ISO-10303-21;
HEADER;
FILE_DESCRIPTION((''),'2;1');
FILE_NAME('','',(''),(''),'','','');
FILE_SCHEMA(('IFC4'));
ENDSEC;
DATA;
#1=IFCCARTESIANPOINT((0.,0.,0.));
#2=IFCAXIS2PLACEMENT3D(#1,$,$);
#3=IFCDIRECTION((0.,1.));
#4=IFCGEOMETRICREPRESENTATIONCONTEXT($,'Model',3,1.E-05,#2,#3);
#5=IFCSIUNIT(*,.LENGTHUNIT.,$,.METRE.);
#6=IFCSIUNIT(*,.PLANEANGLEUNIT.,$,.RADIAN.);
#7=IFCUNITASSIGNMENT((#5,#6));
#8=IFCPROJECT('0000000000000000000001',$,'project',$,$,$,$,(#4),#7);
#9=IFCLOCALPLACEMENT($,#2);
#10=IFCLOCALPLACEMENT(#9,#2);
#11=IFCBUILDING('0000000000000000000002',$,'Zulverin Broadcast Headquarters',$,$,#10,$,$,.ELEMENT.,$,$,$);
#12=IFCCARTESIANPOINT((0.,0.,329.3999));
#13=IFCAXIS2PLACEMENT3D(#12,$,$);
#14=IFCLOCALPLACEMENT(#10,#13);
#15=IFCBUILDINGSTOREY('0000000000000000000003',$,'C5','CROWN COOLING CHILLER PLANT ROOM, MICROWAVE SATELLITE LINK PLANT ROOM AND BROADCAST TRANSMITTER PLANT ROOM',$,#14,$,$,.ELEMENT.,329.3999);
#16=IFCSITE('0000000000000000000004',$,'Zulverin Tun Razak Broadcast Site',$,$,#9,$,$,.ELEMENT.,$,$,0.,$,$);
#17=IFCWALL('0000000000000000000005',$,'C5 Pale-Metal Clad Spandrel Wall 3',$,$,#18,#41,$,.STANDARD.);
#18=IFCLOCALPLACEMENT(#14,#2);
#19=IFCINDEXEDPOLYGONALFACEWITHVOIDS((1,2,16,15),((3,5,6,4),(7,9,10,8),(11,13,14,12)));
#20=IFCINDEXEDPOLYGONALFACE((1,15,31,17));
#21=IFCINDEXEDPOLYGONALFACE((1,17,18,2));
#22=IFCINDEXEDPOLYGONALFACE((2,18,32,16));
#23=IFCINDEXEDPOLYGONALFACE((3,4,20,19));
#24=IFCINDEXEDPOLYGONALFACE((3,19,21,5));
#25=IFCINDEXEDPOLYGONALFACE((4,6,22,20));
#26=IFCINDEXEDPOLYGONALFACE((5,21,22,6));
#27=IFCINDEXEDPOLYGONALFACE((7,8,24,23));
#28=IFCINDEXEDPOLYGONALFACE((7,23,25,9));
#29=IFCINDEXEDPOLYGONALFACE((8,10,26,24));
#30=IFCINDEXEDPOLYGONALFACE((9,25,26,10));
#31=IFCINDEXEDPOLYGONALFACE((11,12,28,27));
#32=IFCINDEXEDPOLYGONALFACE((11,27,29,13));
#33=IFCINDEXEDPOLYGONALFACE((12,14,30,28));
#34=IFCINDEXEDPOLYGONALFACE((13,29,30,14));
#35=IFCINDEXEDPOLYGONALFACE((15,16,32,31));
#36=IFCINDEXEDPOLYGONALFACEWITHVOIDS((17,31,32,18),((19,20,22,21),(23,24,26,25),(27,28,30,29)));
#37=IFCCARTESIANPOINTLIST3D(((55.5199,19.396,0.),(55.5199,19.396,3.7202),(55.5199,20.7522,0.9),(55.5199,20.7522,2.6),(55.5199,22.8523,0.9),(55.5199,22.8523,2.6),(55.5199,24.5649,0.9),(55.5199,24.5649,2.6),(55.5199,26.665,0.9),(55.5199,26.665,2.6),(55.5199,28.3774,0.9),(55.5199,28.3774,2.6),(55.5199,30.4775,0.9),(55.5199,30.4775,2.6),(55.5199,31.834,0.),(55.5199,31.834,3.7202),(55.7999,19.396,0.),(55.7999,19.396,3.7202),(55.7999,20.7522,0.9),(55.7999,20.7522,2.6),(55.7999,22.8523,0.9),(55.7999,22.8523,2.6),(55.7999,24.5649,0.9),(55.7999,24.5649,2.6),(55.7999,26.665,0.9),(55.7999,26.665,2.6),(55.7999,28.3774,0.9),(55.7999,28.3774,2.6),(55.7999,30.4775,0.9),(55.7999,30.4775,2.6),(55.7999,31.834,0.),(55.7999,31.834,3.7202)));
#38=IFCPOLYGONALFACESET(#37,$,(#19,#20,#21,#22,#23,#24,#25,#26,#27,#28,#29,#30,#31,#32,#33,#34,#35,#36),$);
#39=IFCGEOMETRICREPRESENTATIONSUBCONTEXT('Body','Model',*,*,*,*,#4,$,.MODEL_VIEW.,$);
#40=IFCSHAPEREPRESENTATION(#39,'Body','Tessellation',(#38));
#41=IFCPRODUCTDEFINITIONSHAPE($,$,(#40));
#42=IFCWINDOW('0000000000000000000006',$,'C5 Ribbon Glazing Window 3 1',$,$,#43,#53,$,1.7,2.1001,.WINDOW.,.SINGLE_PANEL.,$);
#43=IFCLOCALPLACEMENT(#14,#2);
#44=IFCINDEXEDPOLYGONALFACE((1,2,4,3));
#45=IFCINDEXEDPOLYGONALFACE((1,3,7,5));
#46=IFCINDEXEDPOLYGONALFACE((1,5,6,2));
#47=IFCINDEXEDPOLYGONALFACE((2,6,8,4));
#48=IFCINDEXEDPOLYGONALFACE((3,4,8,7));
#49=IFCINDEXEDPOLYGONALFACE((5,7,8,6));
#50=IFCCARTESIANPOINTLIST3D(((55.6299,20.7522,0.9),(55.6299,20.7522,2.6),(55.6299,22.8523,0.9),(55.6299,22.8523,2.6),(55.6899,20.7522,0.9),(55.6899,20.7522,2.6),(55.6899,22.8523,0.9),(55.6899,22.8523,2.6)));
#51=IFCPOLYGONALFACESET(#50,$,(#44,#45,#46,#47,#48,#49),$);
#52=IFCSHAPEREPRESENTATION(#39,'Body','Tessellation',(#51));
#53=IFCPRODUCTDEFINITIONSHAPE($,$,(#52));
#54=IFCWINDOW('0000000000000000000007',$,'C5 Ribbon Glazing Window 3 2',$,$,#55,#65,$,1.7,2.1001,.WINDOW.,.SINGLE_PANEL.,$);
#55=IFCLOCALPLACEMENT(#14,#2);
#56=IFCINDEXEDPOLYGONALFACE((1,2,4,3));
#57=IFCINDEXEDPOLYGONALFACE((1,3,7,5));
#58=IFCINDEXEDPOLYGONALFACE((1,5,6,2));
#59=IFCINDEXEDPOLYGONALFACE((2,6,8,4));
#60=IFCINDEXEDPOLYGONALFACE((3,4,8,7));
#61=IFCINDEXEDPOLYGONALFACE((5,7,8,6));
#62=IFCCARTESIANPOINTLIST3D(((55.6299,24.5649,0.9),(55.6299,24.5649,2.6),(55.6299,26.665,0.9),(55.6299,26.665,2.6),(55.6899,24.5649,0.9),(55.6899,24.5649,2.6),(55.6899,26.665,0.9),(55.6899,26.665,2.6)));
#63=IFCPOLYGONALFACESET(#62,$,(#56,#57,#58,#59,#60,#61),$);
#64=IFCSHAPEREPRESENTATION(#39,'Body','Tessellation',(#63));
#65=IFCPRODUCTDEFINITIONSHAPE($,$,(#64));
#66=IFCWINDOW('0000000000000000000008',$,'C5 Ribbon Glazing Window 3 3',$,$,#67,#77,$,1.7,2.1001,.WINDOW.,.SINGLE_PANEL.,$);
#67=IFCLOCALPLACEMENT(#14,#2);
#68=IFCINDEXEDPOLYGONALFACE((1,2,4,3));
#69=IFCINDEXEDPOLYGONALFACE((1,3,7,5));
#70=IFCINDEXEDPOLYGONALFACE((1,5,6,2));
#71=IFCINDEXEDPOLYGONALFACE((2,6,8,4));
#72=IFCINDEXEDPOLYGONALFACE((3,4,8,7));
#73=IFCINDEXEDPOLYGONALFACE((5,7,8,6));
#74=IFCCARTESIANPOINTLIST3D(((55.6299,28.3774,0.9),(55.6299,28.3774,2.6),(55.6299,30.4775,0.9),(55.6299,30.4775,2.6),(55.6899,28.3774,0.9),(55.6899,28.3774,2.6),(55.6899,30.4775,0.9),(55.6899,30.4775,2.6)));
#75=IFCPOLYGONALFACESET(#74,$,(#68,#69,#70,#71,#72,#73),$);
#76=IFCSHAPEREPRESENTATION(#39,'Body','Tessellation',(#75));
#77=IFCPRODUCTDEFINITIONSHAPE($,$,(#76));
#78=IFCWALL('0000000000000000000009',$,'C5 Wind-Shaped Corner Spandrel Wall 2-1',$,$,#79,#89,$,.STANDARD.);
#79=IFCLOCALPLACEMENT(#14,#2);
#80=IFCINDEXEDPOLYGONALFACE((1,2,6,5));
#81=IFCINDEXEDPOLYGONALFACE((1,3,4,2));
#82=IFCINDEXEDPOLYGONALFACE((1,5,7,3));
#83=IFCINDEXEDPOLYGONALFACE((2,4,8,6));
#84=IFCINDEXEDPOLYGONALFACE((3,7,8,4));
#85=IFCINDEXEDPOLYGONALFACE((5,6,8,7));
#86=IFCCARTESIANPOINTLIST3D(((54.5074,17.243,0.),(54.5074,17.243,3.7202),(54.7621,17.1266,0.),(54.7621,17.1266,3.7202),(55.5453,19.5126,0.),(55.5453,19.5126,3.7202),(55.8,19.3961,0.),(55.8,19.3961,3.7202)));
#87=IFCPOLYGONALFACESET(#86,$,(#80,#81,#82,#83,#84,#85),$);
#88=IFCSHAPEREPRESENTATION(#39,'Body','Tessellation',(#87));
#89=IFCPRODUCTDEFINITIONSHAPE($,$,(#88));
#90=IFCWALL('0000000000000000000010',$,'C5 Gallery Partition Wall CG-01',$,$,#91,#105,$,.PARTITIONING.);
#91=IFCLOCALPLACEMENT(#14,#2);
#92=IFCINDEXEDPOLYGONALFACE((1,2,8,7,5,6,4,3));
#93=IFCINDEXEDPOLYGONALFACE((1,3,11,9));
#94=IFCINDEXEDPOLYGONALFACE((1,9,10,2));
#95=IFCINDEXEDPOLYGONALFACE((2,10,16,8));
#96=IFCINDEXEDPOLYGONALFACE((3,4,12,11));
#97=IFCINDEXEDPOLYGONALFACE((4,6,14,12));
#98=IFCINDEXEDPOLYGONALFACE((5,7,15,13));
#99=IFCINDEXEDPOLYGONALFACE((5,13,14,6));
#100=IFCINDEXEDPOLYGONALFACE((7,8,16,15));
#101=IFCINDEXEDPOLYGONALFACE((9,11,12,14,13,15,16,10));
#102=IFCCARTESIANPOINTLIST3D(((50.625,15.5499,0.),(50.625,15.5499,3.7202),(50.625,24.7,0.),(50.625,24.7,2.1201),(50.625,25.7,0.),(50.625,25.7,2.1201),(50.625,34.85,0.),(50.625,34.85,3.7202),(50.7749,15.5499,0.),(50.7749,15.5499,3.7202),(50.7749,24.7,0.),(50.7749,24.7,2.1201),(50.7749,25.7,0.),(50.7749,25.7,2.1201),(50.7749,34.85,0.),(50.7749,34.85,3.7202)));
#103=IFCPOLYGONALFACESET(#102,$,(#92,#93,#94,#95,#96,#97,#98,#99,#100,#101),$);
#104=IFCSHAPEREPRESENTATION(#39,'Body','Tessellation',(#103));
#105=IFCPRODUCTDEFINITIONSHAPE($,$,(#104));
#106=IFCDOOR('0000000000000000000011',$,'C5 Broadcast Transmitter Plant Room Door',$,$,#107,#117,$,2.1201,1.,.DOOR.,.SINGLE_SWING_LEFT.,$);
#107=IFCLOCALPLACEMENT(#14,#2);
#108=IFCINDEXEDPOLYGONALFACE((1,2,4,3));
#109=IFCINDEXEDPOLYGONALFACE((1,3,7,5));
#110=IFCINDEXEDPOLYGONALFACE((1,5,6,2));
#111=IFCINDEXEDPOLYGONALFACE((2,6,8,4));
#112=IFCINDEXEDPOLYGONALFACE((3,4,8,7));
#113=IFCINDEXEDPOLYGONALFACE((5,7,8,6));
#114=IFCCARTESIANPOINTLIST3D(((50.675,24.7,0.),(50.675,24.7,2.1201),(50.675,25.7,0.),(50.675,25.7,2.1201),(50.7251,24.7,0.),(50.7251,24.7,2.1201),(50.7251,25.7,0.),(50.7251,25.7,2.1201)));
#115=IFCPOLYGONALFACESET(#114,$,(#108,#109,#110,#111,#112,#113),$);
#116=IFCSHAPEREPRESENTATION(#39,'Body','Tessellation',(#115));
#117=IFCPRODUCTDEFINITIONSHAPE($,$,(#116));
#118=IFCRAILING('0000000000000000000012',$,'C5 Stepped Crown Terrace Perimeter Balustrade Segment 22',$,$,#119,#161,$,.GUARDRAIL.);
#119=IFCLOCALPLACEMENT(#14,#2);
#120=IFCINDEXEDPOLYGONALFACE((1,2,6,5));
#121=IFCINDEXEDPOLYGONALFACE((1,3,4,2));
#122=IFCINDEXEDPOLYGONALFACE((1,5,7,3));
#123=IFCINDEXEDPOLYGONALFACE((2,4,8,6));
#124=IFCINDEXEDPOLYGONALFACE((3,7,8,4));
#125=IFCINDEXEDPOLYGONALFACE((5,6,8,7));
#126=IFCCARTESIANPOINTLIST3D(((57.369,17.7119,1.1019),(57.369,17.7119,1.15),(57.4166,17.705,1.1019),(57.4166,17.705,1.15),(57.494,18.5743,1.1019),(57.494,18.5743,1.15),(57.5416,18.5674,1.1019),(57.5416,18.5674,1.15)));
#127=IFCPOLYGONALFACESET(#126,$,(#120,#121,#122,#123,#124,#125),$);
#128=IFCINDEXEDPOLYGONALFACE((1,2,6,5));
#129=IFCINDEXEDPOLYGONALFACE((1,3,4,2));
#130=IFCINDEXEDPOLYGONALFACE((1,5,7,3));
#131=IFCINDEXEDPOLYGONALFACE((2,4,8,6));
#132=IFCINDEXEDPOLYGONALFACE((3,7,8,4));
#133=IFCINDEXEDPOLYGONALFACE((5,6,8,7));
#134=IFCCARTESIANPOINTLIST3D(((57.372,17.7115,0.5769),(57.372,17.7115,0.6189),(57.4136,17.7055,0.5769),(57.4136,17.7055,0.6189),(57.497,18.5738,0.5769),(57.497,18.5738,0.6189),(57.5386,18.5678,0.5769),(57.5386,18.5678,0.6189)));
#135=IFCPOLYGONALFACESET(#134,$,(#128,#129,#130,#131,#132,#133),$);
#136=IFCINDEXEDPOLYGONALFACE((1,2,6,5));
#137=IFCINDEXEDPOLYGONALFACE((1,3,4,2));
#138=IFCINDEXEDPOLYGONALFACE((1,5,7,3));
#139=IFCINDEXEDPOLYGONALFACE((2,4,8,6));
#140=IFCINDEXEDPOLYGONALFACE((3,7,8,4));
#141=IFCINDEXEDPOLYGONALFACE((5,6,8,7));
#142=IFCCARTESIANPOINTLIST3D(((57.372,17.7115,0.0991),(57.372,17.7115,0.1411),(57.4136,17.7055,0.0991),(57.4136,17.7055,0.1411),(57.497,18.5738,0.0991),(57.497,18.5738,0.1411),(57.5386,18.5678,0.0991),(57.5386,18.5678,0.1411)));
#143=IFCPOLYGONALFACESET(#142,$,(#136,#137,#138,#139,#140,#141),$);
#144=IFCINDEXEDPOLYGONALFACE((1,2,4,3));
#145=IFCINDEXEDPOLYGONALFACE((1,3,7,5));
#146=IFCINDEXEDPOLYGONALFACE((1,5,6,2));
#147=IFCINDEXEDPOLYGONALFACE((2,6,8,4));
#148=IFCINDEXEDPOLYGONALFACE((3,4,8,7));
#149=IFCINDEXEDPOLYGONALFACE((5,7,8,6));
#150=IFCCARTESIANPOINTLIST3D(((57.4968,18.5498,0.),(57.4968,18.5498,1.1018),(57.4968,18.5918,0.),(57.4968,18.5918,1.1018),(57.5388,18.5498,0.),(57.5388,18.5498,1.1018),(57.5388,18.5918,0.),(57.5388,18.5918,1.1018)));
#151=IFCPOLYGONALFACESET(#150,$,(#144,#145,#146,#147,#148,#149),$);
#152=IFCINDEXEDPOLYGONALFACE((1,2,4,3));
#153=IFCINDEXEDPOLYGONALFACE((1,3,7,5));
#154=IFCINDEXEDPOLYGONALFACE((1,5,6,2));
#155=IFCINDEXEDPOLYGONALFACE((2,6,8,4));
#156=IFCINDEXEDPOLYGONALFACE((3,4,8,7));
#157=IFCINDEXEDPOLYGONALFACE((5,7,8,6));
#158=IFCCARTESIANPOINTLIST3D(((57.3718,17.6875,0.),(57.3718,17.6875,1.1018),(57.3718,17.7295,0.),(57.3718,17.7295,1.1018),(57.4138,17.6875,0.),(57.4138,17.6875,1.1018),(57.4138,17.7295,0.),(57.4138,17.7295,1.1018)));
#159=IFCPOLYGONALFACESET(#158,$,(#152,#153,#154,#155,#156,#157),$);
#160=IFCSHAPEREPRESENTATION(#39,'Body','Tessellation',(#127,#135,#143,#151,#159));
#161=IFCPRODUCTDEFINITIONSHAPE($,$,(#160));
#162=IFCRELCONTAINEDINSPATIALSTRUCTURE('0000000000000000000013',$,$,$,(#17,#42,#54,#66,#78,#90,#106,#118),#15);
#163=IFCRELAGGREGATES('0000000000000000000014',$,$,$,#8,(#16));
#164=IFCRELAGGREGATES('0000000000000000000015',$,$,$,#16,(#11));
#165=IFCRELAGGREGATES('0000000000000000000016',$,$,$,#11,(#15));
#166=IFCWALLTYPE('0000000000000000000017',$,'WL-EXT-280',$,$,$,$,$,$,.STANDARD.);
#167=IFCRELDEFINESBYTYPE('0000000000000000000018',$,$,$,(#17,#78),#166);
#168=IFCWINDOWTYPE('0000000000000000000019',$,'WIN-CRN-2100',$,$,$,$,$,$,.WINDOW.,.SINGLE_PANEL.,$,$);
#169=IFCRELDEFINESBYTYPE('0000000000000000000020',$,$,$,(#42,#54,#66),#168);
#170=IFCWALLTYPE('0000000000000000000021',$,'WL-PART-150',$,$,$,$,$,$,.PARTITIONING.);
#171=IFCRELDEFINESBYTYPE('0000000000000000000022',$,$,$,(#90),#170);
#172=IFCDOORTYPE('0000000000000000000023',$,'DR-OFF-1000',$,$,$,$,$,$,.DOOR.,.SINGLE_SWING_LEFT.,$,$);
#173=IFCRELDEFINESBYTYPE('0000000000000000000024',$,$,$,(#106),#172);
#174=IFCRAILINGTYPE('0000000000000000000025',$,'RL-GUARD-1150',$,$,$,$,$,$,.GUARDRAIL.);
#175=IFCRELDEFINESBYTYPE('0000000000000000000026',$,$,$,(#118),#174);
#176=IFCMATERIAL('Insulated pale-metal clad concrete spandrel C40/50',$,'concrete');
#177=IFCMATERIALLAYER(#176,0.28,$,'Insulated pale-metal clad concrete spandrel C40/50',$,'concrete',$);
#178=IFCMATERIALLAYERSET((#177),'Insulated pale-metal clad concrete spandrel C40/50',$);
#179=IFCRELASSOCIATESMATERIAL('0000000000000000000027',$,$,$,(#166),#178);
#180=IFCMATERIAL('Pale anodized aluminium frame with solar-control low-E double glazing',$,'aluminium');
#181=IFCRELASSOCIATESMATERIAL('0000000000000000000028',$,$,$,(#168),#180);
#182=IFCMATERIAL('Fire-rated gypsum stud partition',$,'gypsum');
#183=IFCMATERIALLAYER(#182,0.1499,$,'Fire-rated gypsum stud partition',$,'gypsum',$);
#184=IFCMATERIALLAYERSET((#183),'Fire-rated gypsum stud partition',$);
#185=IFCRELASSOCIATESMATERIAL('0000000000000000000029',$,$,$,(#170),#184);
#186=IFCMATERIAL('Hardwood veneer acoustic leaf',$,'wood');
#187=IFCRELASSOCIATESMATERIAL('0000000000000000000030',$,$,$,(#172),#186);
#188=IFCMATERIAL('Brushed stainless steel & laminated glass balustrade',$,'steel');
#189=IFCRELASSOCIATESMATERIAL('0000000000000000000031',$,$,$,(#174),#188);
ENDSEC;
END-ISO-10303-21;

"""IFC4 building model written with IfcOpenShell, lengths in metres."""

from ifc_helpers import new_model, si_unit, direction, frame, frame_2d, origin, origin_2d, place, context, subcontext, project, spatial, rectangle, extrude, material, layer, layer_set, type_object, element, fill, save


model = new_model("IFC4")

# Units and contexts
model_context = context("Model", 3, precision=1e-05, world=origin(), true_north=direction((0.0, 1.0)))
body_context = subcontext(model_context, "Body", "Model", "MODEL_VIEW")
ifc_project = project(units=[si_unit("LENGTHUNIT", "METRE"), si_unit("PLANEANGLEUNIT", "RADIAN")], contexts=[model_context])

# Site, building, storey
site_placement = place(None, origin())
site = spatial("IfcSite", under=ifc_project, at=site_placement, Name="Zulverin Tun Razak Broadcast Site", CompositionType="ELEMENT", RefElevation=0.0)
building_placement = place(site_placement, origin())
building = spatial("IfcBuilding", under=site, at=building_placement, Name="Zulverin Broadcast Headquarters", CompositionType="ELEMENT")
storey_placement = place(building_placement, frame((0.0, 0.0, 329.3999)))
storey = spatial("IfcBuildingStorey", under=building, at=storey_placement, Name="C5", Description="CROWN COOLING CHILLER PLANT ROOM, MICROWAVE SATELLITE LINK PLANT ROOM AND BROADCAST TRANSMITTER PLANT ROOM", CompositionType="ELEMENT", Elevation=329.3999)

# Wall, openings, windows
ifc_material_1 = material(Name="Insulated pale-metal clad concrete spandrel C40/50", Category="concrete")
ifc_layer_1 = layer(ifc_material_1, 0.28, Name="Insulated pale-metal clad concrete spandrel C40/50", Category="concrete")
ifc_layer_set_1 = layer_set([ifc_layer_1], Name="Insulated pale-metal clad concrete spandrel C40/50")
wall_type_1 = type_object("IfcWallType", Name="WL-EXT-280", PredefinedType="STANDARD", material=ifc_layer_set_1)
ifc_material_2 = material(Name="Pale anodized aluminium frame with solar-control low-E double glazing", Category="aluminium")
wall_1_placement = place(storey_placement, frame((55.6599, 19.396, 0.0), z_axis=(0.0, 0.0, 1.0), x_axis=(0.0, 1.0, 0.0)))
wall_1 = element("IfcWall", 1, at=wall_1_placement, inside=storey, type_object=wall_type_1, Name="C5 Pale-Metal Clad Spandrel Wall 3", PredefinedType="STANDARD", context=body_context, shape_type="SweptSolid", body=[
    extrude(rectangle(XDim=12.438, YDim=0.28, at=frame_2d((6.219, 0.0))), origin(), (0.0, 0.0, 1.0), 3.7202),
])
opening_1_placement = place(wall_1_placement, frame((1.3562, 0.0, 0.8999)))
opening_1 = element("IfcOpeningElement", 2, at=opening_1_placement, cuts=wall_1, PredefinedType="OPENING", context=body_context, shape_type="SweptSolid", body=[
    extrude(rectangle(XDim=2.1001, YDim=1.7, at=frame_2d((1.05, 0.8501))), frame((0.0, 0.1499, 0.0), z_axis=(0.0, -1.0, 0.0), x_axis=(1.0, 0.0, 0.0)), (0.0, 0.0, 1.0), 0.3),
])
opening_2_placement = place(wall_1_placement, frame((5.1689, 0.0, 0.8999)))
opening_2 = element("IfcOpeningElement", 3, at=opening_2_placement, cuts=wall_1, PredefinedType="OPENING", context=body_context, shape_type="SweptSolid", body=[
    extrude(rectangle(XDim=2.1001, YDim=1.7, at=frame_2d((1.05, 0.8501))), frame((0.0, 0.1499, 0.0), z_axis=(0.0, -1.0, 0.0), x_axis=(1.0, 0.0, 0.0)), (0.0, 0.0, 1.0), 0.3),
])
opening_3_placement = place(wall_1_placement, frame((8.9814, 0.0, 0.8999)))
opening_3 = element("IfcOpeningElement", 4, at=opening_3_placement, cuts=wall_1, PredefinedType="OPENING", context=body_context, shape_type="SweptSolid", body=[
    extrude(rectangle(XDim=2.1001, YDim=1.7, at=frame_2d((1.05, 0.8501))), frame((0.0, 0.1499, 0.0), z_axis=(0.0, -1.0, 0.0), x_axis=(1.0, 0.0, 0.0)), (0.0, 0.0, 1.0), 0.3),
])
window_type_1 = type_object("IfcWindowType", Name="WIN-CRN-2100", PartitioningType="SINGLE_PANEL", PredefinedType="WINDOW", material=ifc_material_2)
window_1_placement = place(opening_1_placement, origin())
window_1 = element("IfcWindow", 5, at=window_1_placement, inside=storey, type_object=window_type_1, Name="C5 Ribbon Glazing Window 3 1", OverallHeight=1.7, OverallWidth=2.1001, PartitioningType="SINGLE_PANEL", PredefinedType="WINDOW", context=body_context, shape_type="SweptSolid", body=[
    extrude(rectangle(XDim=2.1001, YDim=1.7, at=frame_2d((1.05, 0.8501))), frame((0.0, 0.03, 0.0), z_axis=(0.0, -1.0, 0.0), x_axis=(1.0, 0.0, 0.0)), (0.0, 0.0, 1.0), 0.0601),
])
fill(opening_1, window_1)
window_2_placement = place(opening_2_placement, origin())
window_2 = element("IfcWindow", 6, at=window_2_placement, inside=storey, type_object=window_type_1, Name="C5 Ribbon Glazing Window 3 2", OverallHeight=1.7, OverallWidth=2.1001, PartitioningType="SINGLE_PANEL", PredefinedType="WINDOW", context=body_context, shape_type="SweptSolid", body=[
    extrude(rectangle(XDim=2.1001, YDim=1.7, at=frame_2d((1.05, 0.8501))), frame((0.0, 0.03, 0.0), z_axis=(0.0, -1.0, 0.0), x_axis=(1.0, 0.0, 0.0)), (0.0, 0.0, 1.0), 0.0601),
])
fill(opening_2, window_2)
window_3_placement = place(opening_3_placement, origin())
window_3 = element("IfcWindow", 7, at=window_3_placement, inside=storey, type_object=window_type_1, Name="C5 Ribbon Glazing Window 3 3", OverallHeight=1.7, OverallWidth=2.1001, PartitioningType="SINGLE_PANEL", PredefinedType="WINDOW", context=body_context, shape_type="SweptSolid", body=[
    extrude(rectangle(XDim=2.1001, YDim=1.7, at=frame_2d((1.05, 0.8501))), frame((0.0, 0.03, 0.0), z_axis=(0.0, -1.0, 0.0), x_axis=(1.0, 0.0, 0.0)), (0.0, 0.0, 1.0), 0.0601),
])
fill(opening_3, window_3)

# Wall
wall_2_placement = place(storey_placement, frame((54.6348, 17.1848, 0.0), z_axis=(0.0, 0.0, 1.0), x_axis=(0.415873, 0.909423, 0.0)))
element("IfcWall", 8, at=wall_2_placement, inside=storey, type_object=wall_type_1, Name="C5 Wind-Shaped Corner Spandrel Wall 2-1", PredefinedType="STANDARD", context=body_context, shape_type="SweptSolid", body=[
    extrude(rectangle(XDim=2.4956, YDim=0.28, at=frame_2d((1.2478, 0.0))), origin(), (0.0, 0.0, 1.0), 3.7202),
])

# Wall, opening, door
ifc_material_3 = material(Name="Fire-rated gypsum stud partition", Category="gypsum")
ifc_layer_2 = layer(ifc_material_3, 0.1499, Name="Fire-rated gypsum stud partition", Category="gypsum")
ifc_layer_set_2 = layer_set([ifc_layer_2], Name="Fire-rated gypsum stud partition")
wall_type_2 = type_object("IfcWallType", Name="WL-PART-150", PredefinedType="PARTITIONING", material=ifc_layer_set_2)
wall_3_placement = place(storey_placement, frame((50.7, 15.55, 0.0), z_axis=(0.0, 0.0, 1.0), x_axis=(0.0, 1.0, 0.0)))
wall_3 = element("IfcWall", 9, at=wall_3_placement, inside=storey, type_object=wall_type_2, Name="C5 Gallery Partition Wall CG-01", PredefinedType="PARTITIONING", context=body_context, shape_type="SweptSolid", body=[
    extrude(rectangle(XDim=19.3, YDim=0.1499, at=frame_2d((9.6499, 0.0))), origin(), (0.0, 0.0, 1.0), 3.7202),
])
opening_4_placement = place(wall_3_placement, frame((9.1499, 0.0, 0.0)))
opening_4 = element("IfcOpeningElement", 10, at=opening_4_placement, cuts=wall_3, PredefinedType="OPENING", context=body_context, shape_type="SweptSolid", body=[
    extrude(rectangle(XDim=1.0, YDim=2.1201, at=frame_2d((0.5, 1.0601))), frame((0.0, 0.085, 0.0), z_axis=(0.0, -1.0, 0.0), x_axis=(1.0, 0.0, 0.0)), (0.0, 0.0, 1.0), 0.1699),
])
ifc_material_4 = material(Name="Hardwood veneer acoustic leaf", Category="wood")
door_type_1 = type_object("IfcDoorType", Name="DR-OFF-1000", OperationType="SINGLE_SWING_LEFT", PredefinedType="DOOR", material=ifc_material_4)
door_1_placement = place(opening_4_placement, origin())
door_1 = element("IfcDoor", 11, at=door_1_placement, inside=storey, type_object=door_type_1, Name="C5 Broadcast Transmitter Plant Room Door", OperationType="SINGLE_SWING_LEFT", OverallHeight=2.1201, OverallWidth=1.0, PredefinedType="DOOR", context=body_context, shape_type="SweptSolid", body=[
    extrude(rectangle(XDim=1.0, YDim=2.1201, at=frame_2d((0.5, 1.0601))), frame((0.0, 0.0249, 0.0), z_axis=(0.0, -1.0, 0.0), x_axis=(1.0, 0.0, 0.0)), (0.0, 0.0, 1.0), 0.05),
])
fill(opening_4, door_1)

# Railing
ifc_material_5 = material(Name="Brushed stainless steel & laminated glass balustrade", Category="steel")
railing_type = type_object("IfcRailingType", Name="RL-GUARD-1150", PredefinedType="GUARDRAIL", material=ifc_material_5)
railing_1_placement = place(storey_placement, frame((57.5178, 18.5708, 0.0)))
element("IfcRailing", 12, at=railing_1_placement, inside=storey, type_object=railing_type, Name="C5 Stepped Crown Terrace Perimeter Balustrade Segment 22", PredefinedType="GUARDRAIL", context=body_context, shape_type="SweptSolid", body=[
    extrude(rectangle(XDim=0.0481, YDim=0.0481, at=origin_2d()), frame((0.0, 0.0, 1.126), z_axis=(-0.143461, -0.989656, 0.0), x_axis=(0.989656, -0.143461, 0.0)), (0.0, 0.0, 1.0), 0.8713),
    extrude(rectangle(XDim=0.042, YDim=0.042, at=origin_2d()), frame((0.0, 0.0, 0.5979), z_axis=(-0.143461, -0.989656, 0.0), x_axis=(0.989656, -0.143461, 0.0)), (0.0, 0.0, 1.0), 0.8713),
    extrude(rectangle(XDim=0.042, YDim=0.042, at=origin_2d()), frame((0.0, 0.0, 0.1201), z_axis=(-0.143461, -0.989656, 0.0), x_axis=(0.989656, -0.143461, 0.0)), (0.0, 0.0, 1.0), 0.8713),
    extrude(rectangle(XDim=0.042, YDim=0.042, at=origin_2d()), origin(), (0.0, 0.0, 1.0), 1.1018),
    extrude(rectangle(XDim=0.042, YDim=0.042, at=origin_2d()), frame((-0.125, -0.8623, 0.0)), (0.0, 0.0, 1.0), 1.1018),
])

save(model, "model.ifc")
